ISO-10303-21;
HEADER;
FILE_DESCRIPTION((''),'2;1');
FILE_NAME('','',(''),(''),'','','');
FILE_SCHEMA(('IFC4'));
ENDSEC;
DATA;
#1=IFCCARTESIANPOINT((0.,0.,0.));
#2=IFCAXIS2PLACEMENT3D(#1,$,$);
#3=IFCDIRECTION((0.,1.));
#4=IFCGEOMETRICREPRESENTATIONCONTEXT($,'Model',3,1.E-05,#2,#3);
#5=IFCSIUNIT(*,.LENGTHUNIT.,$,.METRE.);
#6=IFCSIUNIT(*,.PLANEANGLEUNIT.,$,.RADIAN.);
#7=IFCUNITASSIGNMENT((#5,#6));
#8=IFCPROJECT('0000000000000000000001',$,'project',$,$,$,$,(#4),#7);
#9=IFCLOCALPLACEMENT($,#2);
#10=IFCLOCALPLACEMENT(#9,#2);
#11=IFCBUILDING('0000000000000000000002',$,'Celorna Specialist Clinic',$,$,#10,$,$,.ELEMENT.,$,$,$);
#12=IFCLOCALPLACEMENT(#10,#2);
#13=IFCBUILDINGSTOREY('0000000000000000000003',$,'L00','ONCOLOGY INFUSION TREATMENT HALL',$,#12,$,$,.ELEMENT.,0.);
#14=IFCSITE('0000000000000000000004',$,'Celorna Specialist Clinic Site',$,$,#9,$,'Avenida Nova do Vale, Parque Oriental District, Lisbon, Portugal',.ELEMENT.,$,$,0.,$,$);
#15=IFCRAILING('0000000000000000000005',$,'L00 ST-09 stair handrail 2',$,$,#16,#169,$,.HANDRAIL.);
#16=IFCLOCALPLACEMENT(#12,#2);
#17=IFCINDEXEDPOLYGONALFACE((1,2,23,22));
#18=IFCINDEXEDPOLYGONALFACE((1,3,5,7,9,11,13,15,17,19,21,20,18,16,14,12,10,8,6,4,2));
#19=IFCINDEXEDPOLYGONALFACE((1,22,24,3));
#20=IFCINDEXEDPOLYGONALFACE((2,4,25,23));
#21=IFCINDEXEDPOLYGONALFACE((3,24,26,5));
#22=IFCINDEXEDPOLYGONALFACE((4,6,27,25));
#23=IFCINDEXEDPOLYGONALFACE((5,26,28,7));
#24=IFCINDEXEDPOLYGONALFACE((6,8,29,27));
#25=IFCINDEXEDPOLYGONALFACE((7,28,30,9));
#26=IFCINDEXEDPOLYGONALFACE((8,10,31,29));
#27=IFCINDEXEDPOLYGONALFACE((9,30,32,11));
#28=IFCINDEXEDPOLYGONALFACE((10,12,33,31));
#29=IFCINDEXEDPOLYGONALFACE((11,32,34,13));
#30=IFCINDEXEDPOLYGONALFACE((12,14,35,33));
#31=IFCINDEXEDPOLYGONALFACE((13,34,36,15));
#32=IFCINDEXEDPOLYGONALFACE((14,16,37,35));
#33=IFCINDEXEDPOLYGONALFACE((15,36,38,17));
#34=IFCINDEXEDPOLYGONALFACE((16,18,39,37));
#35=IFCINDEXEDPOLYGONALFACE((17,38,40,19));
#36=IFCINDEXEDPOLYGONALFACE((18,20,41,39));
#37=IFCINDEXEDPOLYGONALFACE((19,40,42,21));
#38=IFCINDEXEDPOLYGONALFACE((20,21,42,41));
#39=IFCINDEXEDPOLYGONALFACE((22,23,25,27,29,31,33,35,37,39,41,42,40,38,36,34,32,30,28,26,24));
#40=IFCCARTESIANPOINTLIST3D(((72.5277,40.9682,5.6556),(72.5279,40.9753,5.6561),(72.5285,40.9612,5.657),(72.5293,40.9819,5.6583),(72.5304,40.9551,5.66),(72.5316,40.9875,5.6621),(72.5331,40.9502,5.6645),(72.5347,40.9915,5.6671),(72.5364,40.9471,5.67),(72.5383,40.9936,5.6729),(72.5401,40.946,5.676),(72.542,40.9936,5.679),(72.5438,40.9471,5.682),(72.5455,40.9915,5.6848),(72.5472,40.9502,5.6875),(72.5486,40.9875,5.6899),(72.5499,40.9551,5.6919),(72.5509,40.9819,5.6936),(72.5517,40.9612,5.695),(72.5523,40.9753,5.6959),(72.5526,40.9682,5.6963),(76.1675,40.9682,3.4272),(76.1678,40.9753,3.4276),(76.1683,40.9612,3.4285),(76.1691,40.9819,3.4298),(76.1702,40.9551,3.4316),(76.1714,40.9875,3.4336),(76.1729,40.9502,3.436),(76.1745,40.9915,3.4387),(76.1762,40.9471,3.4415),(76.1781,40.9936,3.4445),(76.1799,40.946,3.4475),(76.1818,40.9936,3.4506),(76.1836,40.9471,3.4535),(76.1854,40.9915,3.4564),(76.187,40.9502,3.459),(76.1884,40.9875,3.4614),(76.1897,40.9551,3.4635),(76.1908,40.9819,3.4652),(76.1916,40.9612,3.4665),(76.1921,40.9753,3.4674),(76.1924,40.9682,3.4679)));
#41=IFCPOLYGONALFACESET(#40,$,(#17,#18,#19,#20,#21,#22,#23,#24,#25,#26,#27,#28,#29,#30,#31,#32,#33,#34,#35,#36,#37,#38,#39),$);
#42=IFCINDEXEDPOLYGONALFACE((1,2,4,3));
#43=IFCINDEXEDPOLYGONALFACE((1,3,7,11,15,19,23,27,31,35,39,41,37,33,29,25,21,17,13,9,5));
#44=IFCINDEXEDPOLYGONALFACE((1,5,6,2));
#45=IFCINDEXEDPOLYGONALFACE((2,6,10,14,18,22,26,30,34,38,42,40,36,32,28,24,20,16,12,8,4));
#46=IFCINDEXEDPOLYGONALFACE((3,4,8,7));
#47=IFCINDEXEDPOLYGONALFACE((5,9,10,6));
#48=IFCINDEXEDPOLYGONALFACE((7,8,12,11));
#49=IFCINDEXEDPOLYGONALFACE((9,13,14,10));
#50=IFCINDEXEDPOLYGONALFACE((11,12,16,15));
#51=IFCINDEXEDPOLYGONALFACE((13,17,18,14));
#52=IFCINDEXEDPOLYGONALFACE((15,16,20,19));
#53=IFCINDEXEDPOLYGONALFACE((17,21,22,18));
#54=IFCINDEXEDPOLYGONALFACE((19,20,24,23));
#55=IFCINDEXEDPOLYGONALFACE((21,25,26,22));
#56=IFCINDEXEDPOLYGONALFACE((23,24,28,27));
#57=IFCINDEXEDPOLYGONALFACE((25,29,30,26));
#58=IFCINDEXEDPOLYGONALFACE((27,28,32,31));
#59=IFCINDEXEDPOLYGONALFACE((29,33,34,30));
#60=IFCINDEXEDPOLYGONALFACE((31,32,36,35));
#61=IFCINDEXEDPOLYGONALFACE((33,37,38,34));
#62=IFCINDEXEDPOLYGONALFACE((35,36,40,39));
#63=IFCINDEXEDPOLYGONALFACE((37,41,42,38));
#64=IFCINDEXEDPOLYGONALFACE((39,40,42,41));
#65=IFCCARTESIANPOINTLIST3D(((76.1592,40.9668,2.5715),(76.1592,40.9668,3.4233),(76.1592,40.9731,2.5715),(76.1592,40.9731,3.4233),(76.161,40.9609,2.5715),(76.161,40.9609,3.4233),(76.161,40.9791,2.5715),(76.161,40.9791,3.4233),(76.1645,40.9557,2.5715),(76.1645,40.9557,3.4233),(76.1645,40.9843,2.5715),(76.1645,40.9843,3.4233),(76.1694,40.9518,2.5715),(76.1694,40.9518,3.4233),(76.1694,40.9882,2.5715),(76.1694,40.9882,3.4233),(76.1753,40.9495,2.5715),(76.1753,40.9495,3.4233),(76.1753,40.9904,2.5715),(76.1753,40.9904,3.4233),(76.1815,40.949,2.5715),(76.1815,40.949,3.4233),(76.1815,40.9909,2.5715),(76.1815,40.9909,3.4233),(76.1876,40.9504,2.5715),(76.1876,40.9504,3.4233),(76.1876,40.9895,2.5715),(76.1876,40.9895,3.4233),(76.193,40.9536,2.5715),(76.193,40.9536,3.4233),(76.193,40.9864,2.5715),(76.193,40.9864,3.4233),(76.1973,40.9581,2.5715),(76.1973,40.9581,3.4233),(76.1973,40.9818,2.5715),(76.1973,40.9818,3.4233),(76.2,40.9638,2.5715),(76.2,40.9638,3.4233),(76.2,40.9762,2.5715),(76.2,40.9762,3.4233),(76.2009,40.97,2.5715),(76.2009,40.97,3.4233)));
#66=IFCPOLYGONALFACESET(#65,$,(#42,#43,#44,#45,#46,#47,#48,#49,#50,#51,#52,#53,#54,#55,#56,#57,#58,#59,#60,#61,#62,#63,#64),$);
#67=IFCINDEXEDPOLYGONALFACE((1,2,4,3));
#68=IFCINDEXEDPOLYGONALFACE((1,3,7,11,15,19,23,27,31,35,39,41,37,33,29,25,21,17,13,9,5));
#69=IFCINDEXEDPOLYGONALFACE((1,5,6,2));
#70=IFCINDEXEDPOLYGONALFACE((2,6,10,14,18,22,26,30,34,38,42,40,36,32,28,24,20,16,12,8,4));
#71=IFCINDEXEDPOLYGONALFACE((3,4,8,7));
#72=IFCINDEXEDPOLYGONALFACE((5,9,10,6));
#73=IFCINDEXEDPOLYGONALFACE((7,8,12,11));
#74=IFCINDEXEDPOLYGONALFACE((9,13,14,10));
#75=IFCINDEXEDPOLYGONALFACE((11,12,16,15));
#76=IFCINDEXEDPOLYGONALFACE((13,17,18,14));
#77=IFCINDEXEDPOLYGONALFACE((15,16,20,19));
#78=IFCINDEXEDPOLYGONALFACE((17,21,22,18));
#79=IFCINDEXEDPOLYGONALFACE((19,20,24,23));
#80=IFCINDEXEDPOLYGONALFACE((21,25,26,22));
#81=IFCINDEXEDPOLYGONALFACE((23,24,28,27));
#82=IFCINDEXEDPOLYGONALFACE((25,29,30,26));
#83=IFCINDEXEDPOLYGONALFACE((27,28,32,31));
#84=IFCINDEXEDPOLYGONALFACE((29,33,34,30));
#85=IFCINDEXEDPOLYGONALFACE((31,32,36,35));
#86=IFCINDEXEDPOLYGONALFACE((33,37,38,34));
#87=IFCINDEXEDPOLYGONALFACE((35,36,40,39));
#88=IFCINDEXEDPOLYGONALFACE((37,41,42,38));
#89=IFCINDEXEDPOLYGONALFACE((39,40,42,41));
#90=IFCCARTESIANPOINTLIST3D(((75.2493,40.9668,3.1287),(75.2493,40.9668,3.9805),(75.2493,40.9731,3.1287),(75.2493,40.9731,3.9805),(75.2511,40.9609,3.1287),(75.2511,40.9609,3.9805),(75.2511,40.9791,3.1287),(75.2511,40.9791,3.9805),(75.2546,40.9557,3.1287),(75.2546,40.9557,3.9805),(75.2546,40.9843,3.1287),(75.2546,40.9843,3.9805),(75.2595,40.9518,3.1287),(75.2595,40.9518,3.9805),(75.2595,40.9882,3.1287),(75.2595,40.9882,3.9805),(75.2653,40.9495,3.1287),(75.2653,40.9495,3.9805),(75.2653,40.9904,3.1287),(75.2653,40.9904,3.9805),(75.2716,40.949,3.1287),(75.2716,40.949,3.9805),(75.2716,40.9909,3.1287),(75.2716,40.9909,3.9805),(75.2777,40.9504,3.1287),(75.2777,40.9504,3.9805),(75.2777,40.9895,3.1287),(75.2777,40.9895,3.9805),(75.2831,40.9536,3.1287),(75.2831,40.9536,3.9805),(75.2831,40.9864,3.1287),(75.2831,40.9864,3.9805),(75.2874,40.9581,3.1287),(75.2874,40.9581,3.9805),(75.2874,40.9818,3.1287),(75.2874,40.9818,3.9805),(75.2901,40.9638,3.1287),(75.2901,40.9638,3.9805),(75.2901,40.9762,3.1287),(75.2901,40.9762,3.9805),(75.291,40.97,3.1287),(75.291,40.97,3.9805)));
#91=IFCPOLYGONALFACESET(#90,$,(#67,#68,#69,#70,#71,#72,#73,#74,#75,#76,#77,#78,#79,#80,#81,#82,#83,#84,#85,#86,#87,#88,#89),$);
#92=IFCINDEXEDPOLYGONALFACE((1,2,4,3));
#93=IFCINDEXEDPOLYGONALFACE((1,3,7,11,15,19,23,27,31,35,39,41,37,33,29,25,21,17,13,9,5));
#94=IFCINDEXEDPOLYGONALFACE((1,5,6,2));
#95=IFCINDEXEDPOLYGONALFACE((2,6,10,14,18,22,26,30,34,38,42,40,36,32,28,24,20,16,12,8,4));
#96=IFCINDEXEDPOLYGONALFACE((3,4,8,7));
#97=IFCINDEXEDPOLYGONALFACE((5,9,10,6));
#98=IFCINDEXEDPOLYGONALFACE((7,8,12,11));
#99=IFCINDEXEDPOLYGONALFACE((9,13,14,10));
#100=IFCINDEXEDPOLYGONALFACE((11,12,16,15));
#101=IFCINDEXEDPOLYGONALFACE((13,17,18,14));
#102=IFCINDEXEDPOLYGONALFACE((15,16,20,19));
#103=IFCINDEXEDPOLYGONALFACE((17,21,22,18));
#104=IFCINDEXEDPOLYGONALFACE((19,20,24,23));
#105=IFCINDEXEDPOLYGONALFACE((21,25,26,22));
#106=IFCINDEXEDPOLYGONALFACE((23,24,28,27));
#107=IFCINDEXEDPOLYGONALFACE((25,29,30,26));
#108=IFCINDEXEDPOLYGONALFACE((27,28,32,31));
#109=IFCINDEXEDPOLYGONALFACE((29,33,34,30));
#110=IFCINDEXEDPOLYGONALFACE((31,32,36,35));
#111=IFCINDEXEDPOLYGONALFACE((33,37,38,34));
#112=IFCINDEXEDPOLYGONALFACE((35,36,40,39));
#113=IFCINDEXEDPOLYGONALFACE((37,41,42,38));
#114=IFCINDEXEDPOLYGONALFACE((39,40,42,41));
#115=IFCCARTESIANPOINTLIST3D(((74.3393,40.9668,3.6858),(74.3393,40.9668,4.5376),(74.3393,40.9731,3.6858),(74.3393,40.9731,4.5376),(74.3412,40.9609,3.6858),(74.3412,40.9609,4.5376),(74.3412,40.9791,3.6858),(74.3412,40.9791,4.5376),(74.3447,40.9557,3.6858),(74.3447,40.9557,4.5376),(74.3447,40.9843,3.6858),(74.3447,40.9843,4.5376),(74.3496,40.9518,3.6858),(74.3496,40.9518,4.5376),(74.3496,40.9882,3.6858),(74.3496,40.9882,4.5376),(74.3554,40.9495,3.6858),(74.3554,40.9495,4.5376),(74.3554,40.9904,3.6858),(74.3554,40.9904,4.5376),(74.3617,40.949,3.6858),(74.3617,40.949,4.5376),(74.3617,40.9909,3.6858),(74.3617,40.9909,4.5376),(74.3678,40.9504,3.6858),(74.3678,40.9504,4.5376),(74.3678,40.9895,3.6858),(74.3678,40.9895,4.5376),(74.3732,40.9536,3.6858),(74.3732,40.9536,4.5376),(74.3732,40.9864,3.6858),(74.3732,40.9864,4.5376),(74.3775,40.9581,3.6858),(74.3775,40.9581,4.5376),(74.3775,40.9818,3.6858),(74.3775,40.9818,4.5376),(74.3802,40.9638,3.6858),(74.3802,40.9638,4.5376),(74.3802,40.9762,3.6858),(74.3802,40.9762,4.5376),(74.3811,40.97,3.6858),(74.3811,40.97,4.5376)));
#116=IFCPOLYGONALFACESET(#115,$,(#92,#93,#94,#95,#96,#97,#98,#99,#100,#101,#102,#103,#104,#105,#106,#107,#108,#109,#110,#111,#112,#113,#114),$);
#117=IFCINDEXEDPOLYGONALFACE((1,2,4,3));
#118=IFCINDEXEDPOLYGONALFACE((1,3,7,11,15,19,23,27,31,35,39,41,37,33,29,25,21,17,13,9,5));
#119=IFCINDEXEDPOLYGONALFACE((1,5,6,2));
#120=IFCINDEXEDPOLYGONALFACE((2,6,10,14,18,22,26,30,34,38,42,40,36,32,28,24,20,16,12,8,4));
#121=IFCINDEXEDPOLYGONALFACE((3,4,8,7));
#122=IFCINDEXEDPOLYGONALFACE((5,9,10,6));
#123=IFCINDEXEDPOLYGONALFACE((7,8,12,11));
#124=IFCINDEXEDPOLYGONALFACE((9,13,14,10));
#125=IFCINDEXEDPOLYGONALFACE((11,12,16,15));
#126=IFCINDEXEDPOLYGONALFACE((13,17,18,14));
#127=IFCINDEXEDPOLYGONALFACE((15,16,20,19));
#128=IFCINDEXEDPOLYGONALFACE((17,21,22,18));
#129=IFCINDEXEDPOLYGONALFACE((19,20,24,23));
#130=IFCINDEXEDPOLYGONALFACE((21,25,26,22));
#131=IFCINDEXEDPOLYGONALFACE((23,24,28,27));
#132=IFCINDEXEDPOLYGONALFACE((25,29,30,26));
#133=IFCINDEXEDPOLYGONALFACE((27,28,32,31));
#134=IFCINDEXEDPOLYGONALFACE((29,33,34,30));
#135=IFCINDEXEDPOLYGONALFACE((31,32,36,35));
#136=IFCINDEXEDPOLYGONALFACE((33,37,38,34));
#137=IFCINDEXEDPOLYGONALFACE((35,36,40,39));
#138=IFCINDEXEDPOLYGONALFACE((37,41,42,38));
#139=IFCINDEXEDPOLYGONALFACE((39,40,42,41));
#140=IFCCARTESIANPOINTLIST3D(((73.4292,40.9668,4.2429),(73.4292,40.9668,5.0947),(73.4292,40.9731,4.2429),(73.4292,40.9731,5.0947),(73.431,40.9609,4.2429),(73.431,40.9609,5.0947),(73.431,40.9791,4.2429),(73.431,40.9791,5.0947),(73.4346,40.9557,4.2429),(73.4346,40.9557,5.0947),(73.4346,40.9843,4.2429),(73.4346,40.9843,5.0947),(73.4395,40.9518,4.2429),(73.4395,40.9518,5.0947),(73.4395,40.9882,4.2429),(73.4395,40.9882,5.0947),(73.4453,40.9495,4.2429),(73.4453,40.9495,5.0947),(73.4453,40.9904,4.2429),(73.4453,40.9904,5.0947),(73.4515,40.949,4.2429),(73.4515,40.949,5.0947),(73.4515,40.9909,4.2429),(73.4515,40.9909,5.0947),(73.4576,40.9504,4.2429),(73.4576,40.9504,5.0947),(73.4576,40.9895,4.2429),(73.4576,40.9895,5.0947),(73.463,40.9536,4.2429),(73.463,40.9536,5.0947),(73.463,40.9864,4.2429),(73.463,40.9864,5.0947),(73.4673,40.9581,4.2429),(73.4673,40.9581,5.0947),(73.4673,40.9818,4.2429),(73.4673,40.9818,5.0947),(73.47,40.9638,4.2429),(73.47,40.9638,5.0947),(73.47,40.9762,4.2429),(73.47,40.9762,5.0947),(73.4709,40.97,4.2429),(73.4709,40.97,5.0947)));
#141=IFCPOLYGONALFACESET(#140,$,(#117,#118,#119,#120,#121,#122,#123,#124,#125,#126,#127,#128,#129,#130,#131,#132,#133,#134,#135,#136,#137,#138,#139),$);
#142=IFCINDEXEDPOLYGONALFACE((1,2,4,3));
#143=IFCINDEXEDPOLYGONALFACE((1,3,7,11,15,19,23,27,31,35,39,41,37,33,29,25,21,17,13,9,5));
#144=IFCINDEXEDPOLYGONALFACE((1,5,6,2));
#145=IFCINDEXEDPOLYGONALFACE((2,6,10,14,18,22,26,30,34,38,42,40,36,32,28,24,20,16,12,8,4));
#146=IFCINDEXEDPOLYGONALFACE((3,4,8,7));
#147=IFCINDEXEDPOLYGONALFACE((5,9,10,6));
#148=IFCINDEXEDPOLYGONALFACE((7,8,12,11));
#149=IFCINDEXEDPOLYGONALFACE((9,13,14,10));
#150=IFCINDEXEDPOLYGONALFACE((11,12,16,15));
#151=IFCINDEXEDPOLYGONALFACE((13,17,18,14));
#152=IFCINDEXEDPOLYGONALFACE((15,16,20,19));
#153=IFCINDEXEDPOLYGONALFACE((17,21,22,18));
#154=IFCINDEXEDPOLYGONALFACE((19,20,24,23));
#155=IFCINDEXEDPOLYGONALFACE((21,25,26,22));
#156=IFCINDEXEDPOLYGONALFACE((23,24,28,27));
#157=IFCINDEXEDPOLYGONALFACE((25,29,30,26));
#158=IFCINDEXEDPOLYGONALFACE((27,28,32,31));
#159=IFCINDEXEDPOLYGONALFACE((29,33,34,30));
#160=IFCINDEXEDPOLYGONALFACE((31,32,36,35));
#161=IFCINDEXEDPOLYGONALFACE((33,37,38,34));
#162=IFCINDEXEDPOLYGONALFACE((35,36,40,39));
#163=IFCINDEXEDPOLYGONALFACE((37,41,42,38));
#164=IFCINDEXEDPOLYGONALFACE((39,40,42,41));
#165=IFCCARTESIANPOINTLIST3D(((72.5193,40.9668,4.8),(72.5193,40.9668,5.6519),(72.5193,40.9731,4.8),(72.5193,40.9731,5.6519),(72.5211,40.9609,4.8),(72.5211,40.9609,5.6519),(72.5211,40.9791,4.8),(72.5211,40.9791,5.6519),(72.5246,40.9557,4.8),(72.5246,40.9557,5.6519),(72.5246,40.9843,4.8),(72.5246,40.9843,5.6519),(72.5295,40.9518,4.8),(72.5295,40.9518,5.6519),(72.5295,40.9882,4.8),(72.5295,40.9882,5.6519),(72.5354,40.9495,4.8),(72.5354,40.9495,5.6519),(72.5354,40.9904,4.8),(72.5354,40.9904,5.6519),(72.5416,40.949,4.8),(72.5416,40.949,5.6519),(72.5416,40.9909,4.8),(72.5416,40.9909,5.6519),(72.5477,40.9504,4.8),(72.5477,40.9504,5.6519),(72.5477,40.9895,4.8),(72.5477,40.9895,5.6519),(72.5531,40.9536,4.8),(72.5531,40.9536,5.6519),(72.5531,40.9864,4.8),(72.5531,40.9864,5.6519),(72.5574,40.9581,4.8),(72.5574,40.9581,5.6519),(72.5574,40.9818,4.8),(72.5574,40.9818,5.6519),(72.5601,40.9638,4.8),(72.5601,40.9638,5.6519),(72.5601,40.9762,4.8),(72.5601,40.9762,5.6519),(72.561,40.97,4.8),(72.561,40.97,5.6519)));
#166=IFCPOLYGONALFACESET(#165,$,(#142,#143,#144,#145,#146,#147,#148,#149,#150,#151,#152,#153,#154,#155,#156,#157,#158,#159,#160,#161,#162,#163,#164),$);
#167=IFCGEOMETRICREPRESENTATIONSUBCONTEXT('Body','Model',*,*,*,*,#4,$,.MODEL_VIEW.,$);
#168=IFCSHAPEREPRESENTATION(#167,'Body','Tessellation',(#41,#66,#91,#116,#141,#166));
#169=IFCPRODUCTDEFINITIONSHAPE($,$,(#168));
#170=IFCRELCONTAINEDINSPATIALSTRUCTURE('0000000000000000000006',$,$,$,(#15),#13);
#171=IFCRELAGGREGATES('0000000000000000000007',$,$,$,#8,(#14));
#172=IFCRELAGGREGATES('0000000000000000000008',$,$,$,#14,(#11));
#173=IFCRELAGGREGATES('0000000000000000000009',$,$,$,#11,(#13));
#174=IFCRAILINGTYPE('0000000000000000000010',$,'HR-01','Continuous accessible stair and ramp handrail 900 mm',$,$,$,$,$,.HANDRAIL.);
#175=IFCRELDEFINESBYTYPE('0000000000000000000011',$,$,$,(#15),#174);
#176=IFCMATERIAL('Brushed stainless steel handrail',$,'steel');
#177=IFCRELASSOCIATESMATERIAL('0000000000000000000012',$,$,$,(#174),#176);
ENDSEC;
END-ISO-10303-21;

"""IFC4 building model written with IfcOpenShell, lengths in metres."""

from ifc_helpers import new_model, si_unit, direction, frame, origin, origin_2d, place, context, subcontext, project, spatial, circle, extrude, material, type_object, element, save


model = new_model("IFC4")

# Units and contexts
model_context = context("Model", 3, precision=1e-05, world=origin(), true_north=direction((0.0, 1.0)))
body_context = subcontext(model_context, "Body", "Model", "MODEL_VIEW")
ifc_project = project(units=[si_unit("LENGTHUNIT", "METRE"), si_unit("PLANEANGLEUNIT", "RADIAN")], contexts=[model_context])

# Site, building, storey
site_placement = place(None, origin())
site = spatial("IfcSite", under=ifc_project, at=site_placement, Name="Celorna Specialist Clinic Site", LongName="Avenida Nova do Vale, Parque Oriental District, Lisbon, Portugal", CompositionType="ELEMENT", RefElevation=0.0)
building_placement = place(site_placement, origin())
building = spatial("IfcBuilding", under=site, at=building_placement, Name="Celorna Specialist Clinic", CompositionType="ELEMENT")
storey_placement = place(building_placement, origin())
storey = spatial("IfcBuildingStorey", under=building, at=storey_placement, Name="L00", Description="ONCOLOGY INFUSION TREATMENT HALL", CompositionType="ELEMENT", Elevation=0.0)

# Railing
ifc_material_1 = material(Name="Brushed stainless steel handrail", Category="steel")
railing_type_1 = type_object("IfcRailingType", Name="HR-01", Description="Continuous accessible stair and ramp handrail 900 mm", PredefinedType="HANDRAIL", material=ifc_material_1)
railing_1_placement = place(storey_placement, frame((76.1799, 40.97, 2.5715)))
element("IfcRailing", 1, at=railing_1_placement, inside=storey, type_object=railing_type_1, Name="L00 ST-09 stair handrail 2", PredefinedType="HANDRAIL", context=body_context, shape_type="SweptSolid", body=[
    extrude(circle(Radius=0.0239, at=origin_2d()), frame((0.0, 0.0, 0.876), z_axis=(-0.85285, 0.0, 0.522156), x_axis=(0.0, -1.0, 0.0)), (0.0, 0.0, 1.0), 4.2678),
    extrude(circle(Radius=0.021, at=origin_2d()), origin(), (0.0, 0.0, 1.0), 0.8518),
    extrude(circle(Radius=0.021, at=origin_2d()), frame((-0.9099, 0.0, 0.5571)), (0.0, 0.0, 1.0), 0.8518),
    extrude(circle(Radius=0.021, at=origin_2d()), frame((-1.8198, 0.0, 1.1143)), (0.0, 0.0, 1.0), 0.8518),
    extrude(circle(Radius=0.021, at=origin_2d()), frame((-2.73, 0.0, 1.6714)), (0.0, 0.0, 1.0), 0.8518),
    extrude(circle(Radius=0.021, at=origin_2d()), frame((-3.6399, 0.0, 2.2285)), (0.0, 0.0, 1.0), 0.8518),
])

save(model, "model.ifc")
